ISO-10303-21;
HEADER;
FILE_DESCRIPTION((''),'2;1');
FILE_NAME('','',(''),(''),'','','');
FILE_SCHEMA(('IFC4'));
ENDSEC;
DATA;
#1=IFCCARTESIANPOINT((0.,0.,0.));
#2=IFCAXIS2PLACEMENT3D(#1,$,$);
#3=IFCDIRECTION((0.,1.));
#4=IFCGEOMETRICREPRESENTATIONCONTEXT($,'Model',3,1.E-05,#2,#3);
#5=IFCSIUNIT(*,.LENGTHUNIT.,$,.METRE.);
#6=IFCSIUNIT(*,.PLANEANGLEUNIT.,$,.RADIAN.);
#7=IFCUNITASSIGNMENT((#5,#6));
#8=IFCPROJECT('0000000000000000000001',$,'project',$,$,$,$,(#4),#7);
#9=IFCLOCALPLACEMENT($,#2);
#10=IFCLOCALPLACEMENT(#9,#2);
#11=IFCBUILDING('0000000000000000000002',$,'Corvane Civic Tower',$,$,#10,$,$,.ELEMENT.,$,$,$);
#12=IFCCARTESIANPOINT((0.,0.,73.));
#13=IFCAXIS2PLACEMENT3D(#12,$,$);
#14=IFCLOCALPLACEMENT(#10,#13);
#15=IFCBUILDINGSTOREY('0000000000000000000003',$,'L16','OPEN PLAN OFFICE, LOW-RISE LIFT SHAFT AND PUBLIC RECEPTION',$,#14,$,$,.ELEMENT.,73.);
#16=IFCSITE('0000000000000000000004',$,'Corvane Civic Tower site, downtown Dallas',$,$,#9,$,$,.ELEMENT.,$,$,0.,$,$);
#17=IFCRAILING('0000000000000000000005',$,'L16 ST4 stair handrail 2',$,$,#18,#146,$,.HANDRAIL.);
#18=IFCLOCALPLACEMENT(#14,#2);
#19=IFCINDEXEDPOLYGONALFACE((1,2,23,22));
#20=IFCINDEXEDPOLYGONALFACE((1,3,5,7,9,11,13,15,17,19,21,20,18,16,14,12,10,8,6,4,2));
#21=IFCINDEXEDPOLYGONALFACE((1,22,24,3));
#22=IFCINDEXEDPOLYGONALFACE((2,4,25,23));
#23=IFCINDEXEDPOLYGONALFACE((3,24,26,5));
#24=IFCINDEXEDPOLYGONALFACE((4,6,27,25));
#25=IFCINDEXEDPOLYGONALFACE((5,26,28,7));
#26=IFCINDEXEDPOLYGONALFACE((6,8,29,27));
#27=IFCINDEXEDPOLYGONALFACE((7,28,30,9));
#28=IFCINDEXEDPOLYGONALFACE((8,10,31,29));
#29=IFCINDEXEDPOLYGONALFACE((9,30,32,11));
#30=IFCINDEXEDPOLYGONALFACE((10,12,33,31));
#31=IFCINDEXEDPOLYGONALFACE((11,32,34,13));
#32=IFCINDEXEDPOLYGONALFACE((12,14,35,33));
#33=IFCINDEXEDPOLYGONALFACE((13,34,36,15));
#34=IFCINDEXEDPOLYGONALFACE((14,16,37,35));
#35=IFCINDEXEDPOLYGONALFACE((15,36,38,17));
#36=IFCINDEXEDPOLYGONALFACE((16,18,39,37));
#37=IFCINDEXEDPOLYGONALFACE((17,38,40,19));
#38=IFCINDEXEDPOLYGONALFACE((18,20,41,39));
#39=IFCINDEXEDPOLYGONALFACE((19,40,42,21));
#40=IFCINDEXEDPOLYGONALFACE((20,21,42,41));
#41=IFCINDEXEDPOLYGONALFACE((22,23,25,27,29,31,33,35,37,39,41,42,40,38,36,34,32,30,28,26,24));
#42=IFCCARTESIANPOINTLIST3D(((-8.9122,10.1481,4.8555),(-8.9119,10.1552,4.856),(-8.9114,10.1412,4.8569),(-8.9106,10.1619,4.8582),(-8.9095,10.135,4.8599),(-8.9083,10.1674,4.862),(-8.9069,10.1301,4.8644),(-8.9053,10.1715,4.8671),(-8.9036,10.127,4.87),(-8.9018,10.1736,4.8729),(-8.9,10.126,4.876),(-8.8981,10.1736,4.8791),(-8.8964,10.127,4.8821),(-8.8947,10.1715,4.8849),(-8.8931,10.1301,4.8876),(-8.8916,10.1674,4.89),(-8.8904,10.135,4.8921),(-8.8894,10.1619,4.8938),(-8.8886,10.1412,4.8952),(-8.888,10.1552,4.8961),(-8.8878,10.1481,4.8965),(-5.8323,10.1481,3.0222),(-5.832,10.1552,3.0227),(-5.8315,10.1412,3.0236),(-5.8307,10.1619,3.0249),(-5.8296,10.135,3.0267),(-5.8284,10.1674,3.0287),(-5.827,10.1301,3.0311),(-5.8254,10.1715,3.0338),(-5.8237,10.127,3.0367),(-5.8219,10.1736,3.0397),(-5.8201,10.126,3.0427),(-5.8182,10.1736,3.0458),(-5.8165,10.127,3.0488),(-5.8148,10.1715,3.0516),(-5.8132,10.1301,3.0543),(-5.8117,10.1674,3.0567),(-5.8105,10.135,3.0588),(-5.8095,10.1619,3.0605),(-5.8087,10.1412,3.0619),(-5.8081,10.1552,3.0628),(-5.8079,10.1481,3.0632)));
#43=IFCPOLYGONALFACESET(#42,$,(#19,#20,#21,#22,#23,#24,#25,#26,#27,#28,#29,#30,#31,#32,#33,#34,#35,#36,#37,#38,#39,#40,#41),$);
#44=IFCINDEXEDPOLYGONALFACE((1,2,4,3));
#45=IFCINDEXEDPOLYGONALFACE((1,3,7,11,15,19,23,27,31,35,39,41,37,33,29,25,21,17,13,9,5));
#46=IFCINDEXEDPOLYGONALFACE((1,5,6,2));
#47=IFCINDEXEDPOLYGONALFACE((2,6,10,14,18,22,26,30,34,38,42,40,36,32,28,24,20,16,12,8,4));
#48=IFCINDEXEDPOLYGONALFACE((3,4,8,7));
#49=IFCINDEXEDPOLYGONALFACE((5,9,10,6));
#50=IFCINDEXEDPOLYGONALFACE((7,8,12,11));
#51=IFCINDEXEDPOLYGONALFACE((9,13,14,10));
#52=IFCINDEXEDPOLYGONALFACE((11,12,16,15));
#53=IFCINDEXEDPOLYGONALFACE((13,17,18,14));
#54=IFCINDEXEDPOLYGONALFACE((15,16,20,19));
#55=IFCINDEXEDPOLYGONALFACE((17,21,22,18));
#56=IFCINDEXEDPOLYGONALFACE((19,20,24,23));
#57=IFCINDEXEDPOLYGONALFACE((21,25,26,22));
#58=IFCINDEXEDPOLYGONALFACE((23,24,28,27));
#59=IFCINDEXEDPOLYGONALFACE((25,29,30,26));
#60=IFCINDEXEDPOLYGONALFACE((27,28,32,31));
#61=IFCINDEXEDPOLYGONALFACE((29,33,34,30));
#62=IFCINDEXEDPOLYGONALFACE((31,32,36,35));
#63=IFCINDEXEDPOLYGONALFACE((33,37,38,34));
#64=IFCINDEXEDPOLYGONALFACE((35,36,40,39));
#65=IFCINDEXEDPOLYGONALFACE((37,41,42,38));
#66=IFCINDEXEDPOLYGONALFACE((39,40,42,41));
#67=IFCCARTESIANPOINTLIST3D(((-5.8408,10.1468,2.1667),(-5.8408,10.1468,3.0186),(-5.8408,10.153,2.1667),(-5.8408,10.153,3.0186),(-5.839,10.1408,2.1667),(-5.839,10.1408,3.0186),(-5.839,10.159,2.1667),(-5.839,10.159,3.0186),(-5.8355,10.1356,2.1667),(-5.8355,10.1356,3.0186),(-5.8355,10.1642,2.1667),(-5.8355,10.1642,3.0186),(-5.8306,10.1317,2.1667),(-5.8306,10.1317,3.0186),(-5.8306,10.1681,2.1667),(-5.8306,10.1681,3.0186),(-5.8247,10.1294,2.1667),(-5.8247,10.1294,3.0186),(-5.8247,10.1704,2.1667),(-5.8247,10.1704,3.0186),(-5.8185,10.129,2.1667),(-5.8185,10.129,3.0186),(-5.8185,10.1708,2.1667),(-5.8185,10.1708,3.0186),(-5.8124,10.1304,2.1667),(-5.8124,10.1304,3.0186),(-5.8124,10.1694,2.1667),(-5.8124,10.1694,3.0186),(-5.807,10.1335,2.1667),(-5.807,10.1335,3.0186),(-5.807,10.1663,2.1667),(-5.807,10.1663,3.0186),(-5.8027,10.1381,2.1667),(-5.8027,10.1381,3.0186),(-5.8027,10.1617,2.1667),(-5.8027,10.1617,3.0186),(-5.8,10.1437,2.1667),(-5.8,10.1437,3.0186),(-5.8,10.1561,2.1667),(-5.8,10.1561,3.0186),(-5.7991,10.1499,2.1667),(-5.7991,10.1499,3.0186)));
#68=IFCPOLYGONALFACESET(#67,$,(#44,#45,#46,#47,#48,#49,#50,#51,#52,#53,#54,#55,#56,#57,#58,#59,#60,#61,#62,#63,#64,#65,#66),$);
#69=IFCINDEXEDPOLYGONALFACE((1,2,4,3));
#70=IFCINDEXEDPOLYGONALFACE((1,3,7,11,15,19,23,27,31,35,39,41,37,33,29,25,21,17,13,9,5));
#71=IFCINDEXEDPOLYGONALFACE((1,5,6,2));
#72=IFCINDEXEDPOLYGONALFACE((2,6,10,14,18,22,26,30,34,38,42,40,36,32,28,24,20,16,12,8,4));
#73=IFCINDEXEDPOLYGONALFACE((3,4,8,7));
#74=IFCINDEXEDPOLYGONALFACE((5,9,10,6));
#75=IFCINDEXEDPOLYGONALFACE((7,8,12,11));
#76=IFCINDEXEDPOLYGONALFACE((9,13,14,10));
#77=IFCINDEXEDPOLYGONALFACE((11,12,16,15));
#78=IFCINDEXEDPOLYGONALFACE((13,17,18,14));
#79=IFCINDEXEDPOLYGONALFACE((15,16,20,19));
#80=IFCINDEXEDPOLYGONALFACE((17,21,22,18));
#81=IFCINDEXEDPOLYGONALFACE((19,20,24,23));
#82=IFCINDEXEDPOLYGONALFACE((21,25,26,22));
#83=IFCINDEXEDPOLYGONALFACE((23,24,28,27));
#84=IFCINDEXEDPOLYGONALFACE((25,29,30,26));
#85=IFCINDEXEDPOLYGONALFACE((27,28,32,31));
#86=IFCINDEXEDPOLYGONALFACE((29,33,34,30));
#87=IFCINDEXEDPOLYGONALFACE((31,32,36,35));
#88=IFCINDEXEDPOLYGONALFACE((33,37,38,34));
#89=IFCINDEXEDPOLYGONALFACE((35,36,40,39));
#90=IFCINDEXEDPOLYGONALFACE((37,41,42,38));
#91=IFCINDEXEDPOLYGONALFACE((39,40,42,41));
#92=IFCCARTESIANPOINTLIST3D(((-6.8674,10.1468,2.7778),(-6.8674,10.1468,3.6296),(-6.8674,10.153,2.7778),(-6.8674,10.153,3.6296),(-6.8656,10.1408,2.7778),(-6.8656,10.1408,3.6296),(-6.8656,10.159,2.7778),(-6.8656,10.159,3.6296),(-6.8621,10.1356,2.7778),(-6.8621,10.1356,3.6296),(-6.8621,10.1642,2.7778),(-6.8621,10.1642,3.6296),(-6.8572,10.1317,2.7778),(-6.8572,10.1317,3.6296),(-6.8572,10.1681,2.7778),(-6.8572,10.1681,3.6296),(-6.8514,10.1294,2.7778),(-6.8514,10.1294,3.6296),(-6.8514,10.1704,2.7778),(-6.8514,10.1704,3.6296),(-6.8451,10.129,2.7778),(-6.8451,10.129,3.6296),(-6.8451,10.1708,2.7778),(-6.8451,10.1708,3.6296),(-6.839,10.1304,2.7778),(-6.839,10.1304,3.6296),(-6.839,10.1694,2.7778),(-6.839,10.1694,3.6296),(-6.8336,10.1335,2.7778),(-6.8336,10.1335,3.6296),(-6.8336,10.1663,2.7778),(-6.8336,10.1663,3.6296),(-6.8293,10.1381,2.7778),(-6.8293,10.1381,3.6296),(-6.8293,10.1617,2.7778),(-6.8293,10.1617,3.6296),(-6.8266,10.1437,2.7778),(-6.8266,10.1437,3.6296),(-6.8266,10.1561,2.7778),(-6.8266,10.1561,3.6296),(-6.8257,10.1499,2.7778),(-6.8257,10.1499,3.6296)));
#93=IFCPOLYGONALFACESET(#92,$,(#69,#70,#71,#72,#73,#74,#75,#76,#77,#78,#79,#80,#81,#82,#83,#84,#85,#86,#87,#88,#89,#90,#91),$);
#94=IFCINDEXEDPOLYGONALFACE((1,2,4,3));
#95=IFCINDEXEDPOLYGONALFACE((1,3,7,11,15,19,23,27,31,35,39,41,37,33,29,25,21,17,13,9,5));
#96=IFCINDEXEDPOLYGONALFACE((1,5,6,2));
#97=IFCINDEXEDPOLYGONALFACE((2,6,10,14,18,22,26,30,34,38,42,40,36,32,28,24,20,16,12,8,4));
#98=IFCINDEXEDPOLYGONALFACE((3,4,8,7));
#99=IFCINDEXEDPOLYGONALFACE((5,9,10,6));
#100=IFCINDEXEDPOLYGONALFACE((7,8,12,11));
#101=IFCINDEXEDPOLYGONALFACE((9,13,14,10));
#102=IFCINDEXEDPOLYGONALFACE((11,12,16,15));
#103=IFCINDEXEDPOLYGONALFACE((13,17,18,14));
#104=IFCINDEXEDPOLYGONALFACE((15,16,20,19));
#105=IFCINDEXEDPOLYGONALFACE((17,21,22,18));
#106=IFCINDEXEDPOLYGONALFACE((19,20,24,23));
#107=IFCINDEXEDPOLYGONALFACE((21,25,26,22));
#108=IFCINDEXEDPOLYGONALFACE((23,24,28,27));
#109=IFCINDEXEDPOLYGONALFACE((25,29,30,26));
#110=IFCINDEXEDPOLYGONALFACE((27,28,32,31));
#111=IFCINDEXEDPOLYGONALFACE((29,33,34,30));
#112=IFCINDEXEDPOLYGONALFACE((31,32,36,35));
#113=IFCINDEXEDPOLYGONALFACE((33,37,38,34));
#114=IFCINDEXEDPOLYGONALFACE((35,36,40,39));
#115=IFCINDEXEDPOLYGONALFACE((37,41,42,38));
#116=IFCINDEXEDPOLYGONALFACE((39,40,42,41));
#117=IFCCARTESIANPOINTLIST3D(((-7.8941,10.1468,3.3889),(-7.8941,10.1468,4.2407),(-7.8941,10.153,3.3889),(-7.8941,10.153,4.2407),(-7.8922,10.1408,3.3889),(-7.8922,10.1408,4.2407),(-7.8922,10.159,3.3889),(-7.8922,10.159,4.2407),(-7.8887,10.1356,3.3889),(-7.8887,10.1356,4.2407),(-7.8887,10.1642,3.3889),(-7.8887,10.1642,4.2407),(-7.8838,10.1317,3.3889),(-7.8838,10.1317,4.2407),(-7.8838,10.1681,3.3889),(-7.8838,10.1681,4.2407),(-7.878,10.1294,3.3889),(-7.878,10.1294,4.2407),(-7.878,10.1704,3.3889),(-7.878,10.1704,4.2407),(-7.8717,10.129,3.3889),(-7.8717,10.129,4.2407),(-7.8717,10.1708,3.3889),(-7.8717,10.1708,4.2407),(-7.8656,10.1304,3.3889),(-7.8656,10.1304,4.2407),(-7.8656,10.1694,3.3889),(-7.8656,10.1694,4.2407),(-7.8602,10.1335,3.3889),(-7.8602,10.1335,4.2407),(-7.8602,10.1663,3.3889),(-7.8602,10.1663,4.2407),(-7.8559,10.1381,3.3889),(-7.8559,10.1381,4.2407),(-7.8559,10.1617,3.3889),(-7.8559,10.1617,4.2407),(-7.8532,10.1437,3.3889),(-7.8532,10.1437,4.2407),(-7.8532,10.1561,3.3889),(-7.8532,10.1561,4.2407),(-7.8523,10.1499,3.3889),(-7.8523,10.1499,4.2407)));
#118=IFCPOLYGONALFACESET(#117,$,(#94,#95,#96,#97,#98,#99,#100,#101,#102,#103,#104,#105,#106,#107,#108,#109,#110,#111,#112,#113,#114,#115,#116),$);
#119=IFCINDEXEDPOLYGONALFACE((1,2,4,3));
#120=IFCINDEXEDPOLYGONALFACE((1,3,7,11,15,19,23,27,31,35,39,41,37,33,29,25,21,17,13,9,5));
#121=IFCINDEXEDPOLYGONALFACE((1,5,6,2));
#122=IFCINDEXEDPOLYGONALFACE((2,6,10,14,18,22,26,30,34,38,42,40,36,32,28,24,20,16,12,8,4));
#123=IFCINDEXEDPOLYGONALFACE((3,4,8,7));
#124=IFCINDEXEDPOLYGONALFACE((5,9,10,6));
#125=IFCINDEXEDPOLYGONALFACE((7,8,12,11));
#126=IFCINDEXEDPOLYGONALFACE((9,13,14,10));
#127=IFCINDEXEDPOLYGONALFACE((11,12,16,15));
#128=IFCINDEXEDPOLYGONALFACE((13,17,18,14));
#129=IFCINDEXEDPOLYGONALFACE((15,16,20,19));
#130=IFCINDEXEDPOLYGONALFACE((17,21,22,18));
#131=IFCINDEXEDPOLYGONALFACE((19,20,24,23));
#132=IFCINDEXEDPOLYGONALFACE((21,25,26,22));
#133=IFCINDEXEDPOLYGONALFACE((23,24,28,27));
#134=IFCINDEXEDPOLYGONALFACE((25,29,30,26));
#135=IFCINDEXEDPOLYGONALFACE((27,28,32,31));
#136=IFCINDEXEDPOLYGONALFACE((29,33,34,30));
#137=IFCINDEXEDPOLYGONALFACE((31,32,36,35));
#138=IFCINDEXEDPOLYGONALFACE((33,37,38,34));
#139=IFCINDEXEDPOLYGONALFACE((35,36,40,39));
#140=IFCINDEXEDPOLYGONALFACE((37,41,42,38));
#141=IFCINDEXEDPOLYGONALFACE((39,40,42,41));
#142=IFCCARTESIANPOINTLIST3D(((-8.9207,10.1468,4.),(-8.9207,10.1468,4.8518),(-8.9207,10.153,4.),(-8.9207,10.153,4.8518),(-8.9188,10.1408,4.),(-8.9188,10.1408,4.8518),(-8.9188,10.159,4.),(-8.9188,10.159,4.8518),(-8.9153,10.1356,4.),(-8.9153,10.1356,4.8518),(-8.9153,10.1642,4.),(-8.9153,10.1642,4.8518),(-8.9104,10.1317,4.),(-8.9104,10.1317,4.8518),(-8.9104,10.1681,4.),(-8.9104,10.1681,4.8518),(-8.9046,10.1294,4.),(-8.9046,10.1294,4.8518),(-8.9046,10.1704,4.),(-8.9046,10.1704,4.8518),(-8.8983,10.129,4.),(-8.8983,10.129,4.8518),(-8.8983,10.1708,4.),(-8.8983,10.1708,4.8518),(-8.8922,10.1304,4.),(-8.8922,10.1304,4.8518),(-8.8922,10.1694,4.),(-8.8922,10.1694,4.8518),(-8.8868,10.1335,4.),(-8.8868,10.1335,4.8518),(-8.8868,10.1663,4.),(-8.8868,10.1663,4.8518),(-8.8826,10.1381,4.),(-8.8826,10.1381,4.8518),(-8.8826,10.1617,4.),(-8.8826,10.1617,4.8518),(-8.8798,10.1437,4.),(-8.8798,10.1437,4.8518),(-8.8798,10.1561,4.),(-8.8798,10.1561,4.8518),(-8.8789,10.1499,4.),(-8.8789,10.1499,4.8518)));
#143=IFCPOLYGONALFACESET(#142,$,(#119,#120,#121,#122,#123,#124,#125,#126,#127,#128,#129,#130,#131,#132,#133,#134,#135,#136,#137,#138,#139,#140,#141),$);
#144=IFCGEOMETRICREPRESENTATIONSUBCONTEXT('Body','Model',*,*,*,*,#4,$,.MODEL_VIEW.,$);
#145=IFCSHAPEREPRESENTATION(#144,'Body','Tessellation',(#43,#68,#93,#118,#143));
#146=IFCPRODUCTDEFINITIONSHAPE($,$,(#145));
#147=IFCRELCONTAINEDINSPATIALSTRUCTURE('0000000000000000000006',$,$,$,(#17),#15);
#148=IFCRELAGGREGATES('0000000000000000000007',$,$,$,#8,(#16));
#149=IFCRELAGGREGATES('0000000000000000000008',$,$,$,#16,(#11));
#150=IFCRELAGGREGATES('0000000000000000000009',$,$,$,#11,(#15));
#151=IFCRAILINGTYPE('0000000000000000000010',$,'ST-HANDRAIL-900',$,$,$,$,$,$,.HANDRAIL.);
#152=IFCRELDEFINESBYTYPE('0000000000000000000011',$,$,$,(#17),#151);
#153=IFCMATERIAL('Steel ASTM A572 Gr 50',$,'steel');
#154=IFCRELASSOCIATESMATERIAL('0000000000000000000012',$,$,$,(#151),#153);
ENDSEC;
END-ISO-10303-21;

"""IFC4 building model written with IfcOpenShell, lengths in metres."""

from ifc_helpers import new_model, si_unit, direction, frame, origin, origin_2d, place, context, subcontext, project, spatial, circle, extrude, material, type_object, element, save


model = new_model("IFC4")

# Units and contexts
model_context = context("Model", 3, precision=1e-05, world=origin(), true_north=direction((0.0, 1.0)))
body_context = subcontext(model_context, "Body", "Model", "MODEL_VIEW")
ifc_project = project(units=[si_unit("LENGTHUNIT", "METRE"), si_unit("PLANEANGLEUNIT", "RADIAN")], contexts=[model_context])

# Site, building, storey
site_placement = place(None, origin())
site = spatial("IfcSite", under=ifc_project, at=site_placement, Name="Corvane Civic Tower site, downtown Dallas", CompositionType="ELEMENT", RefElevation=0.0)
building_placement = place(site_placement, origin())
building = spatial("IfcBuilding", under=site, at=building_placement, Name="Corvane Civic Tower", CompositionType="ELEMENT")
storey_placement = place(building_placement, frame((0.0, 0.0, 73.0)))
storey = spatial("IfcBuildingStorey", under=building, at=storey_placement, Name="L16", Description="OPEN PLAN OFFICE, LOW-RISE LIFT SHAFT AND PUBLIC RECEPTION", CompositionType="ELEMENT", Elevation=73.0)

# Railing
ifc_material_1 = material(Name="Steel ASTM A572 Gr 50", Category="steel")
railing_type = type_object("IfcRailingType", Name="ST-HANDRAIL-900", PredefinedType="HANDRAIL", material=ifc_material_1)
railing_1_placement = place(storey_placement, frame((-5.8201, 10.1499, 2.1667)))
element("IfcRailing", 1, at=railing_1_placement, inside=storey, type_object=railing_type, Name="L16 ST4 stair handrail 2", PredefinedType="HANDRAIL", context=body_context, shape_type="SweptSolid", body=[
    extrude(circle(Radius=0.0239, at=origin_2d()), frame((0.0, 0.0, 0.876), z_axis=(-0.859291, 0.0, 0.511487), x_axis=(0.0, -1.0, 0.0)), (0.0, 0.0, 1.0), 3.5842),
    extrude(circle(Radius=0.021, at=origin_2d()), origin(), (0.0, 0.0, 1.0), 0.8518),
    extrude(circle(Radius=0.021, at=origin_2d()), frame((-1.0266, 0.0, 0.6111)), (0.0, 0.0, 1.0), 0.8518),
    extrude(circle(Radius=0.021, at=origin_2d()), frame((-2.0532, 0.0, 1.2222)), (0.0, 0.0, 1.0), 0.8518),
    extrude(circle(Radius=0.021, at=origin_2d()), frame((-3.0798, 0.0, 1.8333)), (0.0, 0.0, 1.0), 0.8518),
])

save(model, "model.ifc")
